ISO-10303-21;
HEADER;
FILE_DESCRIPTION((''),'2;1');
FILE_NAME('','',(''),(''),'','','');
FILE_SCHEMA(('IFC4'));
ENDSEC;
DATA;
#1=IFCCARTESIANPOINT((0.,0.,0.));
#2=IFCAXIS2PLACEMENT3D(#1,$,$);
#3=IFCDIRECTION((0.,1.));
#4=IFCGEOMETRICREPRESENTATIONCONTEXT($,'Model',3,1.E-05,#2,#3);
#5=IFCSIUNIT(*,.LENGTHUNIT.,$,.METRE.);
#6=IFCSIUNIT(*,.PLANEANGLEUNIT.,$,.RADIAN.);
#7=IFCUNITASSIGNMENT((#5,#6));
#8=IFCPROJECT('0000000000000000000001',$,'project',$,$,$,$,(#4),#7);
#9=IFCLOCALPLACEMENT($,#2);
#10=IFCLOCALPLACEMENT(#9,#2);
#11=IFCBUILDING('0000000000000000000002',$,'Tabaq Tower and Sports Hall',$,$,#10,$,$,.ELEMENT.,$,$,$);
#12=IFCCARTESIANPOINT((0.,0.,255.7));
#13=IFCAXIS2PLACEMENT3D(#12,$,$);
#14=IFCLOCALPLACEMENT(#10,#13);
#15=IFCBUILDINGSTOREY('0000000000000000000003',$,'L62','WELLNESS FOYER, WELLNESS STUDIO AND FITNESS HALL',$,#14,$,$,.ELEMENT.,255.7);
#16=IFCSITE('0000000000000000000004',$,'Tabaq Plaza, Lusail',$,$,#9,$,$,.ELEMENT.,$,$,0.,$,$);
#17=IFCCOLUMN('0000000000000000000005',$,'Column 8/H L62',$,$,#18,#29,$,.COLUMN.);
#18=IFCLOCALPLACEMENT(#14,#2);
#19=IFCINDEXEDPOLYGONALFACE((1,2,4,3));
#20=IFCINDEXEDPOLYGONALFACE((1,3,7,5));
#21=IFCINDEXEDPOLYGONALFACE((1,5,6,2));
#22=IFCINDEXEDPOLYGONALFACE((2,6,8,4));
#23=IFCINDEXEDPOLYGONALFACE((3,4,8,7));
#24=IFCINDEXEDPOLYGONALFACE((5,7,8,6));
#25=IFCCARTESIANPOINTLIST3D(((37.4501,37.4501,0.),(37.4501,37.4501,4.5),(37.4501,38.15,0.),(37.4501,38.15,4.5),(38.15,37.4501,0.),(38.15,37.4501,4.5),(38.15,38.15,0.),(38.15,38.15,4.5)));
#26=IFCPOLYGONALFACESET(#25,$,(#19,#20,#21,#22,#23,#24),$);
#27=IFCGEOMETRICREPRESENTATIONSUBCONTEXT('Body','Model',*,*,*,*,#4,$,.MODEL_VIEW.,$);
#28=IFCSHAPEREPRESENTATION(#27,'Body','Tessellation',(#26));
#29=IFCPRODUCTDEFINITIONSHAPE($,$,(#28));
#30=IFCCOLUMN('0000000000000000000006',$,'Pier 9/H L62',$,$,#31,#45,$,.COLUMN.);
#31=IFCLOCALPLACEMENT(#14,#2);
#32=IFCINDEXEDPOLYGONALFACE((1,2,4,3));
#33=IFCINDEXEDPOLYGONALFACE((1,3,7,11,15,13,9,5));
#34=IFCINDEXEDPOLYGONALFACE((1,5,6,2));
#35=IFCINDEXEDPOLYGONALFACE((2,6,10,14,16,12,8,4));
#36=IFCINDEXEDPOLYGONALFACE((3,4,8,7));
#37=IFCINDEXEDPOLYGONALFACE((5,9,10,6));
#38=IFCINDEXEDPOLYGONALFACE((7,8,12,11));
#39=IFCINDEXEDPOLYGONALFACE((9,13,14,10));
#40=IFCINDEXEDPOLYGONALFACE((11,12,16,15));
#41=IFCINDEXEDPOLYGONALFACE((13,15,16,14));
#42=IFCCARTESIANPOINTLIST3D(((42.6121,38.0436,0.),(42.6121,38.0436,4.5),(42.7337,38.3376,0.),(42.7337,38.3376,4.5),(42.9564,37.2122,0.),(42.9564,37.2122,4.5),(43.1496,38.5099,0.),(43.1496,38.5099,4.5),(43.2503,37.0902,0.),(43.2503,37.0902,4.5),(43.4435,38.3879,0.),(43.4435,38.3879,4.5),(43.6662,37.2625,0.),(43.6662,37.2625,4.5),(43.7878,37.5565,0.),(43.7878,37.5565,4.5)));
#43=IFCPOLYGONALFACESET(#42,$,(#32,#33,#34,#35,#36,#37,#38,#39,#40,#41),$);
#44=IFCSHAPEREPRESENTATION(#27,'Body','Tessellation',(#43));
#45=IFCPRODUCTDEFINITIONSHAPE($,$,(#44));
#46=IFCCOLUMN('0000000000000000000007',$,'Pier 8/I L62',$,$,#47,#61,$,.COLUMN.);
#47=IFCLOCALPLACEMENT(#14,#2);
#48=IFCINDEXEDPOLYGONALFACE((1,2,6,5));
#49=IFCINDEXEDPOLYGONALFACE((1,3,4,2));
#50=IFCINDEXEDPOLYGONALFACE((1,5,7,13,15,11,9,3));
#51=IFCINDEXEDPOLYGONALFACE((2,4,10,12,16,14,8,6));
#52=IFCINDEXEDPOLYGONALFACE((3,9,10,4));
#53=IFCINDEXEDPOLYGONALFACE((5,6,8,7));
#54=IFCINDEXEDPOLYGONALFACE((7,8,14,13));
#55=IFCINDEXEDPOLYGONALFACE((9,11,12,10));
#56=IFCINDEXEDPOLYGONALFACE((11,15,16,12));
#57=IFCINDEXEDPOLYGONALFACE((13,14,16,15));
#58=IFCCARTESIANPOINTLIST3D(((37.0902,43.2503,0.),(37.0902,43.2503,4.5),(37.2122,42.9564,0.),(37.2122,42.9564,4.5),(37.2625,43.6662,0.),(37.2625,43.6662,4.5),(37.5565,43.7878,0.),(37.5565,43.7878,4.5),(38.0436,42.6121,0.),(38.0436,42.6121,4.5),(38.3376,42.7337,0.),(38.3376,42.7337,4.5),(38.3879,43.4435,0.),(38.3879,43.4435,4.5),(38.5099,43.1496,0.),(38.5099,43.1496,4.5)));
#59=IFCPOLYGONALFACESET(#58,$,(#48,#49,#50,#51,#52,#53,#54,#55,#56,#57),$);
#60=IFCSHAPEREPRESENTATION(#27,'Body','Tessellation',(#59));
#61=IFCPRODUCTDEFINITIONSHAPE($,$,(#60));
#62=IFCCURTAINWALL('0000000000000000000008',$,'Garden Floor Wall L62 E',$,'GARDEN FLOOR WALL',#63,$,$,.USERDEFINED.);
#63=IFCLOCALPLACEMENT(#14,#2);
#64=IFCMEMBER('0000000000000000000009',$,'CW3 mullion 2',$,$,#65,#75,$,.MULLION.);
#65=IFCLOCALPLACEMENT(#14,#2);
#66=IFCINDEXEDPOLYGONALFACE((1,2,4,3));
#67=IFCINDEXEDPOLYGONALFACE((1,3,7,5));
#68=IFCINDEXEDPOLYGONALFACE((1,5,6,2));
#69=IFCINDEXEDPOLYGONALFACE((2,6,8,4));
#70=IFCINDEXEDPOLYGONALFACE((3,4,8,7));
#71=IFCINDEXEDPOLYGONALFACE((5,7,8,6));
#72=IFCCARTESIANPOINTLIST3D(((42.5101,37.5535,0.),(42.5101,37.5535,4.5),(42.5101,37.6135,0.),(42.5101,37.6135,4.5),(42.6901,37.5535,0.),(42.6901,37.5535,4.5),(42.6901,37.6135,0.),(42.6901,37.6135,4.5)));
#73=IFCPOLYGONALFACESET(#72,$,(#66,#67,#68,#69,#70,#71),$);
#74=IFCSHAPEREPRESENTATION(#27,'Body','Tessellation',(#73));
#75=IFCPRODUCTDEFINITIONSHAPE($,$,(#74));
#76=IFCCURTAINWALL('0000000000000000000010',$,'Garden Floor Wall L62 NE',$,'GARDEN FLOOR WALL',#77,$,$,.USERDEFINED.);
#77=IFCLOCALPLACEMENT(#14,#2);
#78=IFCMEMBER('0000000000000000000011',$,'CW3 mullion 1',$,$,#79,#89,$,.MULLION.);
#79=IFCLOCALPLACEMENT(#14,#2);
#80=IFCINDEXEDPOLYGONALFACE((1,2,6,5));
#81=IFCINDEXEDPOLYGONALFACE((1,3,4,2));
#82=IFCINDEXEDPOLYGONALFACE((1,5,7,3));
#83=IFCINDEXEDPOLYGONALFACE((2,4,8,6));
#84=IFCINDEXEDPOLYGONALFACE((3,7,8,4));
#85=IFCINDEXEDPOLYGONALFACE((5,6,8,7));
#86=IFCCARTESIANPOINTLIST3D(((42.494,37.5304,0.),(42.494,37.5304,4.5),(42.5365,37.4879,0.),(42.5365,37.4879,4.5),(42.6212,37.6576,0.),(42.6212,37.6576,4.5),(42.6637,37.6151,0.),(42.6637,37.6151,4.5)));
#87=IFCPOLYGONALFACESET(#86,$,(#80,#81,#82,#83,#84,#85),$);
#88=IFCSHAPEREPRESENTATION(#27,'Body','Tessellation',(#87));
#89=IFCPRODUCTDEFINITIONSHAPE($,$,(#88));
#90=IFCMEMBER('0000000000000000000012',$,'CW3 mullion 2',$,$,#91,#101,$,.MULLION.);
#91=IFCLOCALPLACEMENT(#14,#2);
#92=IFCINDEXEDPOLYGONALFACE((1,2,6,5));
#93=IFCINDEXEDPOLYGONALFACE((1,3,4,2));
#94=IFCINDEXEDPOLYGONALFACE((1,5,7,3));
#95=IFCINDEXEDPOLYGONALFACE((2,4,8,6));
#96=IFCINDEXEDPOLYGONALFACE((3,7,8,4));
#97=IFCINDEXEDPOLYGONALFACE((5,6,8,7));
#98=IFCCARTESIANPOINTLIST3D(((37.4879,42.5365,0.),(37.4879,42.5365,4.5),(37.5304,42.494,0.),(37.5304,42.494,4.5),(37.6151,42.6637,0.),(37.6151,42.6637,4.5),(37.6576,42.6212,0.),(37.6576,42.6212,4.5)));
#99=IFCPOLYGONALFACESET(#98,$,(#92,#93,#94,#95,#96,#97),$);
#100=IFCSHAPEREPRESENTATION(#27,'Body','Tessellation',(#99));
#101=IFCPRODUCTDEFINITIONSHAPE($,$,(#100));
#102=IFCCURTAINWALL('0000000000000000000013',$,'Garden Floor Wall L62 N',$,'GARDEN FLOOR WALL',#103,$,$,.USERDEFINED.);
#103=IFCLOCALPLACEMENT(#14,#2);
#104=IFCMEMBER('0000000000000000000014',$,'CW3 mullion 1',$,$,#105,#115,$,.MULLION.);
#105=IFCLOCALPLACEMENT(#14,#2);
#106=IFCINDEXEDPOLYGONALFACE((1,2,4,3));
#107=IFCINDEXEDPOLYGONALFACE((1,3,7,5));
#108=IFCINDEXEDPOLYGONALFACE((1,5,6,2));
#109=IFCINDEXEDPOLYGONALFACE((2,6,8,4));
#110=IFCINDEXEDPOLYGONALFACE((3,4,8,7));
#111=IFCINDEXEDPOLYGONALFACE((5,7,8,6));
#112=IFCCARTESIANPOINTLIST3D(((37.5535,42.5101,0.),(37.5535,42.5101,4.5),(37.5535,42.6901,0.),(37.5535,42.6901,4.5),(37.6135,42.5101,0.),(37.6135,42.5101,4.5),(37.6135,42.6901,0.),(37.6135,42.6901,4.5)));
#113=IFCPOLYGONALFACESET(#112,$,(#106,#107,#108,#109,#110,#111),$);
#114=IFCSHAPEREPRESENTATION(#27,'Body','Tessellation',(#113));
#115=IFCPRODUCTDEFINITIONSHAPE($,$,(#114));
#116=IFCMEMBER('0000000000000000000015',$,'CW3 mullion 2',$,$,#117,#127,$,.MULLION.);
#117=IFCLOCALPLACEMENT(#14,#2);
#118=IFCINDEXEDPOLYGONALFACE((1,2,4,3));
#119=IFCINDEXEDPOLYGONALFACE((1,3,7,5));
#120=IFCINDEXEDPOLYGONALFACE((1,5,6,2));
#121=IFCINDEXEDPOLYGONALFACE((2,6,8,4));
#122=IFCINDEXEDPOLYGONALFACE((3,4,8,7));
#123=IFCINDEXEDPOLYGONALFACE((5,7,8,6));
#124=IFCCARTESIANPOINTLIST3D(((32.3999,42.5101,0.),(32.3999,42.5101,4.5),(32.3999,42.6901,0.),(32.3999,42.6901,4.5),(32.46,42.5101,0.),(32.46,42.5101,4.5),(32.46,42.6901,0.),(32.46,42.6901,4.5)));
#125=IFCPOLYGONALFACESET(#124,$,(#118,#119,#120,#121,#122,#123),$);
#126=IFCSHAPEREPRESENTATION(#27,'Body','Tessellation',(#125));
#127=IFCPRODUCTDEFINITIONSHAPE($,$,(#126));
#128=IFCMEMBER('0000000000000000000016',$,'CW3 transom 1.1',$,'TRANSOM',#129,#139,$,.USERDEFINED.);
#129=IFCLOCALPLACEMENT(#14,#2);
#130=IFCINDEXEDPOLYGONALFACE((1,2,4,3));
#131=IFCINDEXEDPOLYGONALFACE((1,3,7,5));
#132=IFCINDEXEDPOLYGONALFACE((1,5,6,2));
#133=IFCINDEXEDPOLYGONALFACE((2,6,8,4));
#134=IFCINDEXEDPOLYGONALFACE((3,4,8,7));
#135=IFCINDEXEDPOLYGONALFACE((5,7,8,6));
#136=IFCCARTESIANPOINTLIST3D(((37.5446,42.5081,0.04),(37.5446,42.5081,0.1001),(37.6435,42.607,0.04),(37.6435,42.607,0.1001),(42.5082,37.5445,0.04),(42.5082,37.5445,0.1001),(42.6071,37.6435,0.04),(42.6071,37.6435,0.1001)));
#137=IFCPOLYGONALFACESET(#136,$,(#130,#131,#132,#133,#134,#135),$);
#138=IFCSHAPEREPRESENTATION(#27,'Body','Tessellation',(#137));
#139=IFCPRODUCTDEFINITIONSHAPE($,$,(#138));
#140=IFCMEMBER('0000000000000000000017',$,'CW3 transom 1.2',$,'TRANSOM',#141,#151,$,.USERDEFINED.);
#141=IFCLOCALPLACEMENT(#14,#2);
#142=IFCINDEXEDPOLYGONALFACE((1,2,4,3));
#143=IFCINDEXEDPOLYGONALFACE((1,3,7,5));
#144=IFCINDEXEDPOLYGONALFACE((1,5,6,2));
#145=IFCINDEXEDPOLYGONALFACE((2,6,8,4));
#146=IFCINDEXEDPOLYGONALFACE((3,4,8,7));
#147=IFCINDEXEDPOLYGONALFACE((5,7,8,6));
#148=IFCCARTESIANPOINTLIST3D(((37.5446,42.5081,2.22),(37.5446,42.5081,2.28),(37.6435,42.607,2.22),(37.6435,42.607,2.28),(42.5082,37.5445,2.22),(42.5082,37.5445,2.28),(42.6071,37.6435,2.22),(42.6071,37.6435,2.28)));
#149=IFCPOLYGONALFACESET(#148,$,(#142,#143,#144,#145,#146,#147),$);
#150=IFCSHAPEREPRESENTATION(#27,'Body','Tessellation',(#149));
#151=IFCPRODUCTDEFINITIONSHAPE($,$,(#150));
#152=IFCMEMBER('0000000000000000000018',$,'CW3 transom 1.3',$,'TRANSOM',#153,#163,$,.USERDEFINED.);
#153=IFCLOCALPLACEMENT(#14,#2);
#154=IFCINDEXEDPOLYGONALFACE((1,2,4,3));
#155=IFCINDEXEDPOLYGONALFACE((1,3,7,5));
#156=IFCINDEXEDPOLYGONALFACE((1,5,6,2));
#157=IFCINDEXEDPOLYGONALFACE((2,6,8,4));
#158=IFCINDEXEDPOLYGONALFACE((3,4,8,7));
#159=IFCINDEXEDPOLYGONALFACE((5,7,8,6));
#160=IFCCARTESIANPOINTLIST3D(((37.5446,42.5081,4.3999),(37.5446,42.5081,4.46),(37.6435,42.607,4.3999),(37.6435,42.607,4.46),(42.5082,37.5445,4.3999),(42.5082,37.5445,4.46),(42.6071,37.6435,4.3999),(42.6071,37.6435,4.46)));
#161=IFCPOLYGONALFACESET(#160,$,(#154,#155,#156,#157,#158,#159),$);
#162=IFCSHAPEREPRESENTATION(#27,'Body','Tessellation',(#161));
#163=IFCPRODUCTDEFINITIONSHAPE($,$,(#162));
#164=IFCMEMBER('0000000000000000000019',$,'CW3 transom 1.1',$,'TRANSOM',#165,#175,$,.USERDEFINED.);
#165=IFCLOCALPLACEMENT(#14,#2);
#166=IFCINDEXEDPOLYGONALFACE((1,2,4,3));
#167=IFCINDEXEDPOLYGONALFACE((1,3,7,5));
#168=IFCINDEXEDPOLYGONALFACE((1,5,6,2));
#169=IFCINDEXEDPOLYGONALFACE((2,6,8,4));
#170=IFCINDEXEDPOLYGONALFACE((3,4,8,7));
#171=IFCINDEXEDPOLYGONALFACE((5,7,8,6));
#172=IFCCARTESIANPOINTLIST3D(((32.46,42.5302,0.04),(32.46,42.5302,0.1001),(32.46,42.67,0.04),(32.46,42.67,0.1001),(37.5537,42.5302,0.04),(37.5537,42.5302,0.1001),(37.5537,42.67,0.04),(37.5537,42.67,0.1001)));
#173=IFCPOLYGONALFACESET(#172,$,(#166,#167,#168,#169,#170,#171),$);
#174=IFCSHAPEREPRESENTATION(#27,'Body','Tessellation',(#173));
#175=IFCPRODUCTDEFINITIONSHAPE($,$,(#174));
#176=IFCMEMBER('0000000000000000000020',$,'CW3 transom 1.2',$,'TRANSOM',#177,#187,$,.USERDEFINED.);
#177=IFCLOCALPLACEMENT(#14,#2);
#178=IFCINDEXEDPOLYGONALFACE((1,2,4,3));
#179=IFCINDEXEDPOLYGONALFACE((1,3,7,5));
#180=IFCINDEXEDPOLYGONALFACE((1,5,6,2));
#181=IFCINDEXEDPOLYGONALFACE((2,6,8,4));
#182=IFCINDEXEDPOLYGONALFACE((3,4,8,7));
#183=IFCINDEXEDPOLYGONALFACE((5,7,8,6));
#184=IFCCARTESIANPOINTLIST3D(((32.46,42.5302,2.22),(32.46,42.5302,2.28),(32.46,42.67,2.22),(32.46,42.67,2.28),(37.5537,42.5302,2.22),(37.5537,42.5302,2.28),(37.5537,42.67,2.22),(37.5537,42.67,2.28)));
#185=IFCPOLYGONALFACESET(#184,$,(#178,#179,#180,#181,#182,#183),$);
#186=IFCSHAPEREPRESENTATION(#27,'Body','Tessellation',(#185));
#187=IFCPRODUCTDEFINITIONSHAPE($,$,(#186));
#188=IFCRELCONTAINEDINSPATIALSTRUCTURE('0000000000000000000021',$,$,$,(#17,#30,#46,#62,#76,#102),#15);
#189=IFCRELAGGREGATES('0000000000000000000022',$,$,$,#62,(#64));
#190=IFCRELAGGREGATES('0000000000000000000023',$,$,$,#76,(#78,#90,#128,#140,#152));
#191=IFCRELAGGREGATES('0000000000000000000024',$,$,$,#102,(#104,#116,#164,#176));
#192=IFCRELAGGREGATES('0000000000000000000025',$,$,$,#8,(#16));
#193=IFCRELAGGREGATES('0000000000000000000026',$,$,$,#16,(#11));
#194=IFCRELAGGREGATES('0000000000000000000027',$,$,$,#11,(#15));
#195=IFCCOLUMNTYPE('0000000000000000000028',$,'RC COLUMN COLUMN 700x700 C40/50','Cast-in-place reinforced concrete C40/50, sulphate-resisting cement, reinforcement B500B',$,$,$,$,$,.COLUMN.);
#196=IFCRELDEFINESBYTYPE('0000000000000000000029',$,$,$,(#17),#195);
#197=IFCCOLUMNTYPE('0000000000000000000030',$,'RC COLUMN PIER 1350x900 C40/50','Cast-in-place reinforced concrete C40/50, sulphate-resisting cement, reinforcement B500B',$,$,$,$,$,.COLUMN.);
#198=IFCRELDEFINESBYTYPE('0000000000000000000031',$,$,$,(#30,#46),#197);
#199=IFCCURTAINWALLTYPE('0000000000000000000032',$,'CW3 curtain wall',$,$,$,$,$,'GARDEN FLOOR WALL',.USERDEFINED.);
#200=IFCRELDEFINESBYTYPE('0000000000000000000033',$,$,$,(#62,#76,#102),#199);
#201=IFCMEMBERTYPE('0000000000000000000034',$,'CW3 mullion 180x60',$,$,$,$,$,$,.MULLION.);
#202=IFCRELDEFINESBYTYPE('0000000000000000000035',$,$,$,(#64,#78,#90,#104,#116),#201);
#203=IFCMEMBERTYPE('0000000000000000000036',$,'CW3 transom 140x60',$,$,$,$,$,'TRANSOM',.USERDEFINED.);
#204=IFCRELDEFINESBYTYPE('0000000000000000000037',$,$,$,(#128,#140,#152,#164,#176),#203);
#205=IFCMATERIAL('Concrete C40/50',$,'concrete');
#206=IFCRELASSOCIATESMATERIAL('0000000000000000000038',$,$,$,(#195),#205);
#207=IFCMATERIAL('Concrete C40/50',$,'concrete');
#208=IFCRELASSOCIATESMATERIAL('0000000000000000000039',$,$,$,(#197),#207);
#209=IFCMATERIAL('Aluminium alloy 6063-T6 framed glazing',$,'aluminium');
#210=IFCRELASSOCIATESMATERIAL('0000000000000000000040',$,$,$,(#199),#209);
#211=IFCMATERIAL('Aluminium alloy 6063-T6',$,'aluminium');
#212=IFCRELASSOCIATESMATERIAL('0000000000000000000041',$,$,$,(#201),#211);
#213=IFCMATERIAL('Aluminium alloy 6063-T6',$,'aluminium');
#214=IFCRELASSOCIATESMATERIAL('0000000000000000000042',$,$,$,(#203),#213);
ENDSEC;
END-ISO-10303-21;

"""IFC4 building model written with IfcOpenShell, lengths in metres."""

from ifc_helpers import new_model, si_unit, direction, frame, origin, origin_2d, place, context, subcontext, project, spatial, polyline, rectangle, outline, extrude, material, material_profile, profile_set, type_object, element, aggregate, save


model = new_model("IFC4")

# Units and contexts
model_context = context("Model", 3, precision=1e-05, world=origin(), true_north=direction((0.0, 1.0)))
body_context = subcontext(model_context, "Body", "Model", "MODEL_VIEW")
ifc_project = project(units=[si_unit("LENGTHUNIT", "METRE"), si_unit("PLANEANGLEUNIT", "RADIAN")], contexts=[model_context])

# Site, building, storey
site_placement = place(None, origin())
site = spatial("IfcSite", under=ifc_project, at=site_placement, Name="Tabaq Plaza, Lusail", CompositionType="ELEMENT", RefElevation=0.0)
building_placement = place(site_placement, origin())
building = spatial("IfcBuilding", under=site, at=building_placement, Name="Tabaq Tower and Sports Hall", CompositionType="ELEMENT")
storey_placement = place(building_placement, frame((0.0, 0.0, 255.7)))
storey = spatial("IfcBuildingStorey", under=building, at=storey_placement, Name="L62", Description="WELLNESS FOYER, WELLNESS STUDIO AND FITNESS HALL", CompositionType="ELEMENT", Elevation=255.7)

# Columns
ifc_material_1 = material(Name="Concrete C40/50", Category="concrete")
ifc_material_profile_1 = material_profile(ifc_material_1, rectangle(XDim=0.7, YDim=0.7, at=origin_2d()), Name="COLUMN 700x700")
ifc_profile_set_1 = profile_set([ifc_material_profile_1], Name="Concrete C40/50")
column_type_1 = type_object("IfcColumnType", Name="RC COLUMN COLUMN 700x700 C40/50", Description="Cast-in-place reinforced concrete C40/50, sulphate-resisting cement, reinforcement B500B", PredefinedType="COLUMN", material=ifc_profile_set_1)
column_placement = place(storey_placement, frame((37.8, 37.8, 0.0), z_axis=(0.0, 0.0, 1.0), x_axis=(1.0, 0.0, 0.0)))
element("IfcColumn", 1, at=column_placement, inside=storey, type_object=column_type_1, Name="Column 8/H L62", PredefinedType="COLUMN", context=body_context, shape_type="SweptSolid", body=[
    extrude(rectangle(XDim=0.7, YDim=0.7, at=origin_2d()), origin(), (0.0, 0.0, 1.0), 4.5),
])
ifc_material_2 = material(Name="Concrete C40/50", Category="concrete")
ifc_material_profile_2 = material_profile(ifc_material_2, outline(polyline([(-0.45, -0.45), (0.45, -0.45), (0.675, -0.2251), (0.675, 0.2251), (0.45, 0.45), (-0.45, 0.45), (-0.675, 0.2251), (-0.675, -0.2251), (-0.45, -0.45)])), Name="PIER 1350x900")
ifc_profile_set_2 = profile_set([ifc_material_profile_2], Name="Concrete C40/50")
column_type_2 = type_object("IfcColumnType", Name="RC COLUMN PIER 1350x900 C40/50", Description="Cast-in-place reinforced concrete C40/50, sulphate-resisting cement, reinforcement B500B", PredefinedType="COLUMN", material=ifc_profile_set_2)
for number, where, z_axis, x_axis, name in (
    (2, (43.2, 37.8, 0.0), (0.0, 0.0, 1.0), (-0.382683, 0.92388, 0.0), "Pier 9/H L62"),
    (3, (37.8, 43.2, 0.0), (0.0, 0.0, 1.0), (-0.92388, 0.382683, 0.0), "Pier 8/I L62"),
):
    element("IfcColumn", number, at=place(storey_placement, frame(where, z_axis=z_axis, x_axis=x_axis)), inside=storey, type_object=column_type_2, Name=name, PredefinedType="COLUMN", context=body_context, shape_type="SweptSolid", body=[
        extrude(outline(polyline([(-0.45, -0.45), (0.45, -0.45), (0.675, -0.2251), (0.675, 0.2251), (0.45, 0.45), (-0.45, 0.45), (-0.675, 0.2251), (-0.675, -0.2251), (-0.45, -0.45)])), origin(), (0.0, 0.0, 1.0), 4.5),
    ])

# Curtain wall, member
ifc_material_3 = material(Name="Aluminium alloy 6063-T6 framed glazing", Category="aluminium")
curtain_wall_type = type_object("IfcCurtainWallType", Name="CW3 curtain wall", ElementType="GARDEN FLOOR WALL", PredefinedType="USERDEFINED", material=ifc_material_3)
curtain_wall_1_placement = place(storey_placement, origin())
curtain_wall_1 = element("IfcCurtainWall", 4, at=curtain_wall_1_placement, inside=storey, type_object=curtain_wall_type, Name="Garden Floor Wall L62 E", ObjectType="GARDEN FLOOR WALL", PredefinedType="USERDEFINED")
ifc_material_4 = material(Name="Aluminium alloy 6063-T6", Category="aluminium")
ifc_material_profile_3 = material_profile(ifc_material_4, rectangle(XDim=0.1799, YDim=0.0601, at=origin_2d()), Name="MULLION 180x60")
ifc_profile_set_3 = profile_set([ifc_material_profile_3], Name="Aluminium alloy 6063-T6")
member_type_1 = type_object("IfcMemberType", Name="CW3 mullion 180x60", PredefinedType="MULLION", material=ifc_profile_set_3)
member_1_placement = place(storey_placement, frame((42.6001, 37.5835, 0.0), z_axis=(0.0, 0.0, 1.0), x_axis=(-1.0, 0.0, 0.0)))
member_1 = element("IfcMember", 5, at=member_1_placement, type_object=member_type_1, Name="CW3 mullion 2", PredefinedType="MULLION", context=body_context, shape_type="SweptSolid", body=[
    extrude(rectangle(XDim=0.1799, YDim=0.0601, at=origin_2d()), origin(), (0.0, 0.0, 1.0), 4.5),
])
aggregate(curtain_wall_1, [member_1])

# Curtain walls, members
curtain_wall_2_placement = place(storey_placement, origin())
curtain_wall_2 = element("IfcCurtainWall", 6, at=curtain_wall_2_placement, inside=storey, type_object=curtain_wall_type, Name="Garden Floor Wall L62 NE", ObjectType="GARDEN FLOOR WALL", PredefinedType="USERDEFINED")
member_2_placement = place(storey_placement, frame((42.5789, 37.5728, 0.0), z_axis=(0.0, 0.0, 1.0), x_axis=(-0.707107, -0.707107, 0.0)))
member_2 = element("IfcMember", 7, at=member_2_placement, type_object=member_type_1, Name="CW3 mullion 1", PredefinedType="MULLION", context=body_context, shape_type="SweptSolid", body=[
    extrude(rectangle(XDim=0.1799, YDim=0.0601, at=origin_2d()), origin(), (0.0, 0.0, 1.0), 4.5),
])
member_3_placement = place(storey_placement, frame((37.5728, 42.5789, 0.0), z_axis=(0.0, 0.0, 1.0), x_axis=(-0.707107, -0.707107, 0.0)))
member_3 = element("IfcMember", 8, at=member_3_placement, type_object=member_type_1, Name="CW3 mullion 2", PredefinedType="MULLION", context=body_context, shape_type="SweptSolid", body=[
    extrude(rectangle(XDim=0.1799, YDim=0.0601, at=origin_2d()), origin(), (0.0, 0.0, 1.0), 4.5),
])
curtain_wall_3_placement = place(storey_placement, origin())
curtain_wall_3 = element("IfcCurtainWall", 9, at=curtain_wall_3_placement, inside=storey, type_object=curtain_wall_type, Name="Garden Floor Wall L62 N", ObjectType="GARDEN FLOOR WALL", PredefinedType="USERDEFINED")
member_4_placement = place(storey_placement, frame((37.5835, 42.6001, 0.0), z_axis=(0.0, 0.0, 1.0), x_axis=(0.0, -1.0, 0.0)))
member_4 = element("IfcMember", 10, at=member_4_placement, type_object=member_type_1, Name="CW3 mullion 1", PredefinedType="MULLION", context=body_context, shape_type="SweptSolid", body=[
    extrude(rectangle(XDim=0.1799, YDim=0.0601, at=origin_2d()), origin(), (0.0, 0.0, 1.0), 4.5),
])
member_5_placement = place(storey_placement, frame((32.4299, 42.6001, 0.0), z_axis=(0.0, 0.0, 1.0), x_axis=(0.0, -1.0, 0.0)))
member_5 = element("IfcMember", 11, at=member_5_placement, type_object=member_type_1, Name="CW3 mullion 2", PredefinedType="MULLION", context=body_context, shape_type="SweptSolid", body=[
    extrude(rectangle(XDim=0.1799, YDim=0.0601, at=origin_2d()), origin(), (0.0, 0.0, 1.0), 4.5),
])

# Members
ifc_material_5 = material(Name="Aluminium alloy 6063-T6", Category="aluminium")
ifc_material_profile_4 = material_profile(ifc_material_5, rectangle(XDim=0.1399, YDim=0.0601, at=origin_2d()), Name="TRANSOM 140x60")
ifc_profile_set_4 = profile_set([ifc_material_profile_4], Name="Aluminium alloy 6063-T6")
member_type_2 = type_object("IfcMemberType", Name="CW3 transom 140x60", ElementType="TRANSOM", PredefinedType="USERDEFINED", material=ifc_profile_set_4)
member_6_placement = place(storey_placement, frame((42.5576, 37.594, 0.0701), z_axis=(-0.707107, 0.707107, 0.0), x_axis=(-0.707107, -0.707107, 0.0)))
member_6 = element("IfcMember", 12, at=member_6_placement, type_object=member_type_2, Name="CW3 transom 1.1", ObjectType="TRANSOM", PredefinedType="USERDEFINED", context=body_context, shape_type="SweptSolid", body=[
    extrude(rectangle(XDim=0.1399, YDim=0.0601, at=origin_2d()), origin(), (0.0, 0.0, 1.0), 7.0195),
])
member_7_placement = place(storey_placement, frame((42.5576, 37.594, 2.25), z_axis=(-0.707107, 0.707107, 0.0), x_axis=(-0.707107, -0.707107, 0.0)))
member_7 = element("IfcMember", 13, at=member_7_placement, type_object=member_type_2, Name="CW3 transom 1.2", ObjectType="TRANSOM", PredefinedType="USERDEFINED", context=body_context, shape_type="SweptSolid", body=[
    extrude(rectangle(XDim=0.1399, YDim=0.0601, at=origin_2d()), origin(), (0.0, 0.0, 1.0), 7.0195),
])
member_8_placement = place(storey_placement, frame((42.5576, 37.594, 4.4299), z_axis=(-0.707107, 0.707107, 0.0), x_axis=(-0.707107, -0.707107, 0.0)))
member_8 = element("IfcMember", 14, at=member_8_placement, type_object=member_type_2, Name="CW3 transom 1.3", ObjectType="TRANSOM", PredefinedType="USERDEFINED", context=body_context, shape_type="SweptSolid", body=[
    extrude(rectangle(XDim=0.1399, YDim=0.0601, at=origin_2d()), origin(), (0.0, 0.0, 1.0), 7.0195),
])
member_9_placement = place(storey_placement, frame((37.5537, 42.6001, 0.0701), z_axis=(-1.0, 0.0, 0.0), x_axis=(0.0, -1.0, 0.0)))
member_9 = element("IfcMember", 15, at=member_9_placement, type_object=member_type_2, Name="CW3 transom 1.1", ObjectType="TRANSOM", PredefinedType="USERDEFINED", context=body_context, shape_type="SweptSolid", body=[
    extrude(rectangle(XDim=0.1399, YDim=0.0601, at=origin_2d()), origin(), (0.0, 0.0, 1.0), 5.0938),
])
member_10_placement = place(storey_placement, frame((37.5537, 42.6001, 2.25), z_axis=(-1.0, 0.0, 0.0), x_axis=(0.0, -1.0, 0.0)))
member_10 = element("IfcMember", 16, at=member_10_placement, type_object=member_type_2, Name="CW3 transom 1.2", ObjectType="TRANSOM", PredefinedType="USERDEFINED", context=body_context, shape_type="SweptSolid", body=[
    extrude(rectangle(XDim=0.1399, YDim=0.0601, at=origin_2d()), origin(), (0.0, 0.0, 1.0), 5.0938),
])

aggregate(curtain_wall_2, [member_2, member_3, member_6, member_7, member_8])
aggregate(curtain_wall_3, [member_4, member_5, member_9, member_10])

save(model, "model.ifc")
